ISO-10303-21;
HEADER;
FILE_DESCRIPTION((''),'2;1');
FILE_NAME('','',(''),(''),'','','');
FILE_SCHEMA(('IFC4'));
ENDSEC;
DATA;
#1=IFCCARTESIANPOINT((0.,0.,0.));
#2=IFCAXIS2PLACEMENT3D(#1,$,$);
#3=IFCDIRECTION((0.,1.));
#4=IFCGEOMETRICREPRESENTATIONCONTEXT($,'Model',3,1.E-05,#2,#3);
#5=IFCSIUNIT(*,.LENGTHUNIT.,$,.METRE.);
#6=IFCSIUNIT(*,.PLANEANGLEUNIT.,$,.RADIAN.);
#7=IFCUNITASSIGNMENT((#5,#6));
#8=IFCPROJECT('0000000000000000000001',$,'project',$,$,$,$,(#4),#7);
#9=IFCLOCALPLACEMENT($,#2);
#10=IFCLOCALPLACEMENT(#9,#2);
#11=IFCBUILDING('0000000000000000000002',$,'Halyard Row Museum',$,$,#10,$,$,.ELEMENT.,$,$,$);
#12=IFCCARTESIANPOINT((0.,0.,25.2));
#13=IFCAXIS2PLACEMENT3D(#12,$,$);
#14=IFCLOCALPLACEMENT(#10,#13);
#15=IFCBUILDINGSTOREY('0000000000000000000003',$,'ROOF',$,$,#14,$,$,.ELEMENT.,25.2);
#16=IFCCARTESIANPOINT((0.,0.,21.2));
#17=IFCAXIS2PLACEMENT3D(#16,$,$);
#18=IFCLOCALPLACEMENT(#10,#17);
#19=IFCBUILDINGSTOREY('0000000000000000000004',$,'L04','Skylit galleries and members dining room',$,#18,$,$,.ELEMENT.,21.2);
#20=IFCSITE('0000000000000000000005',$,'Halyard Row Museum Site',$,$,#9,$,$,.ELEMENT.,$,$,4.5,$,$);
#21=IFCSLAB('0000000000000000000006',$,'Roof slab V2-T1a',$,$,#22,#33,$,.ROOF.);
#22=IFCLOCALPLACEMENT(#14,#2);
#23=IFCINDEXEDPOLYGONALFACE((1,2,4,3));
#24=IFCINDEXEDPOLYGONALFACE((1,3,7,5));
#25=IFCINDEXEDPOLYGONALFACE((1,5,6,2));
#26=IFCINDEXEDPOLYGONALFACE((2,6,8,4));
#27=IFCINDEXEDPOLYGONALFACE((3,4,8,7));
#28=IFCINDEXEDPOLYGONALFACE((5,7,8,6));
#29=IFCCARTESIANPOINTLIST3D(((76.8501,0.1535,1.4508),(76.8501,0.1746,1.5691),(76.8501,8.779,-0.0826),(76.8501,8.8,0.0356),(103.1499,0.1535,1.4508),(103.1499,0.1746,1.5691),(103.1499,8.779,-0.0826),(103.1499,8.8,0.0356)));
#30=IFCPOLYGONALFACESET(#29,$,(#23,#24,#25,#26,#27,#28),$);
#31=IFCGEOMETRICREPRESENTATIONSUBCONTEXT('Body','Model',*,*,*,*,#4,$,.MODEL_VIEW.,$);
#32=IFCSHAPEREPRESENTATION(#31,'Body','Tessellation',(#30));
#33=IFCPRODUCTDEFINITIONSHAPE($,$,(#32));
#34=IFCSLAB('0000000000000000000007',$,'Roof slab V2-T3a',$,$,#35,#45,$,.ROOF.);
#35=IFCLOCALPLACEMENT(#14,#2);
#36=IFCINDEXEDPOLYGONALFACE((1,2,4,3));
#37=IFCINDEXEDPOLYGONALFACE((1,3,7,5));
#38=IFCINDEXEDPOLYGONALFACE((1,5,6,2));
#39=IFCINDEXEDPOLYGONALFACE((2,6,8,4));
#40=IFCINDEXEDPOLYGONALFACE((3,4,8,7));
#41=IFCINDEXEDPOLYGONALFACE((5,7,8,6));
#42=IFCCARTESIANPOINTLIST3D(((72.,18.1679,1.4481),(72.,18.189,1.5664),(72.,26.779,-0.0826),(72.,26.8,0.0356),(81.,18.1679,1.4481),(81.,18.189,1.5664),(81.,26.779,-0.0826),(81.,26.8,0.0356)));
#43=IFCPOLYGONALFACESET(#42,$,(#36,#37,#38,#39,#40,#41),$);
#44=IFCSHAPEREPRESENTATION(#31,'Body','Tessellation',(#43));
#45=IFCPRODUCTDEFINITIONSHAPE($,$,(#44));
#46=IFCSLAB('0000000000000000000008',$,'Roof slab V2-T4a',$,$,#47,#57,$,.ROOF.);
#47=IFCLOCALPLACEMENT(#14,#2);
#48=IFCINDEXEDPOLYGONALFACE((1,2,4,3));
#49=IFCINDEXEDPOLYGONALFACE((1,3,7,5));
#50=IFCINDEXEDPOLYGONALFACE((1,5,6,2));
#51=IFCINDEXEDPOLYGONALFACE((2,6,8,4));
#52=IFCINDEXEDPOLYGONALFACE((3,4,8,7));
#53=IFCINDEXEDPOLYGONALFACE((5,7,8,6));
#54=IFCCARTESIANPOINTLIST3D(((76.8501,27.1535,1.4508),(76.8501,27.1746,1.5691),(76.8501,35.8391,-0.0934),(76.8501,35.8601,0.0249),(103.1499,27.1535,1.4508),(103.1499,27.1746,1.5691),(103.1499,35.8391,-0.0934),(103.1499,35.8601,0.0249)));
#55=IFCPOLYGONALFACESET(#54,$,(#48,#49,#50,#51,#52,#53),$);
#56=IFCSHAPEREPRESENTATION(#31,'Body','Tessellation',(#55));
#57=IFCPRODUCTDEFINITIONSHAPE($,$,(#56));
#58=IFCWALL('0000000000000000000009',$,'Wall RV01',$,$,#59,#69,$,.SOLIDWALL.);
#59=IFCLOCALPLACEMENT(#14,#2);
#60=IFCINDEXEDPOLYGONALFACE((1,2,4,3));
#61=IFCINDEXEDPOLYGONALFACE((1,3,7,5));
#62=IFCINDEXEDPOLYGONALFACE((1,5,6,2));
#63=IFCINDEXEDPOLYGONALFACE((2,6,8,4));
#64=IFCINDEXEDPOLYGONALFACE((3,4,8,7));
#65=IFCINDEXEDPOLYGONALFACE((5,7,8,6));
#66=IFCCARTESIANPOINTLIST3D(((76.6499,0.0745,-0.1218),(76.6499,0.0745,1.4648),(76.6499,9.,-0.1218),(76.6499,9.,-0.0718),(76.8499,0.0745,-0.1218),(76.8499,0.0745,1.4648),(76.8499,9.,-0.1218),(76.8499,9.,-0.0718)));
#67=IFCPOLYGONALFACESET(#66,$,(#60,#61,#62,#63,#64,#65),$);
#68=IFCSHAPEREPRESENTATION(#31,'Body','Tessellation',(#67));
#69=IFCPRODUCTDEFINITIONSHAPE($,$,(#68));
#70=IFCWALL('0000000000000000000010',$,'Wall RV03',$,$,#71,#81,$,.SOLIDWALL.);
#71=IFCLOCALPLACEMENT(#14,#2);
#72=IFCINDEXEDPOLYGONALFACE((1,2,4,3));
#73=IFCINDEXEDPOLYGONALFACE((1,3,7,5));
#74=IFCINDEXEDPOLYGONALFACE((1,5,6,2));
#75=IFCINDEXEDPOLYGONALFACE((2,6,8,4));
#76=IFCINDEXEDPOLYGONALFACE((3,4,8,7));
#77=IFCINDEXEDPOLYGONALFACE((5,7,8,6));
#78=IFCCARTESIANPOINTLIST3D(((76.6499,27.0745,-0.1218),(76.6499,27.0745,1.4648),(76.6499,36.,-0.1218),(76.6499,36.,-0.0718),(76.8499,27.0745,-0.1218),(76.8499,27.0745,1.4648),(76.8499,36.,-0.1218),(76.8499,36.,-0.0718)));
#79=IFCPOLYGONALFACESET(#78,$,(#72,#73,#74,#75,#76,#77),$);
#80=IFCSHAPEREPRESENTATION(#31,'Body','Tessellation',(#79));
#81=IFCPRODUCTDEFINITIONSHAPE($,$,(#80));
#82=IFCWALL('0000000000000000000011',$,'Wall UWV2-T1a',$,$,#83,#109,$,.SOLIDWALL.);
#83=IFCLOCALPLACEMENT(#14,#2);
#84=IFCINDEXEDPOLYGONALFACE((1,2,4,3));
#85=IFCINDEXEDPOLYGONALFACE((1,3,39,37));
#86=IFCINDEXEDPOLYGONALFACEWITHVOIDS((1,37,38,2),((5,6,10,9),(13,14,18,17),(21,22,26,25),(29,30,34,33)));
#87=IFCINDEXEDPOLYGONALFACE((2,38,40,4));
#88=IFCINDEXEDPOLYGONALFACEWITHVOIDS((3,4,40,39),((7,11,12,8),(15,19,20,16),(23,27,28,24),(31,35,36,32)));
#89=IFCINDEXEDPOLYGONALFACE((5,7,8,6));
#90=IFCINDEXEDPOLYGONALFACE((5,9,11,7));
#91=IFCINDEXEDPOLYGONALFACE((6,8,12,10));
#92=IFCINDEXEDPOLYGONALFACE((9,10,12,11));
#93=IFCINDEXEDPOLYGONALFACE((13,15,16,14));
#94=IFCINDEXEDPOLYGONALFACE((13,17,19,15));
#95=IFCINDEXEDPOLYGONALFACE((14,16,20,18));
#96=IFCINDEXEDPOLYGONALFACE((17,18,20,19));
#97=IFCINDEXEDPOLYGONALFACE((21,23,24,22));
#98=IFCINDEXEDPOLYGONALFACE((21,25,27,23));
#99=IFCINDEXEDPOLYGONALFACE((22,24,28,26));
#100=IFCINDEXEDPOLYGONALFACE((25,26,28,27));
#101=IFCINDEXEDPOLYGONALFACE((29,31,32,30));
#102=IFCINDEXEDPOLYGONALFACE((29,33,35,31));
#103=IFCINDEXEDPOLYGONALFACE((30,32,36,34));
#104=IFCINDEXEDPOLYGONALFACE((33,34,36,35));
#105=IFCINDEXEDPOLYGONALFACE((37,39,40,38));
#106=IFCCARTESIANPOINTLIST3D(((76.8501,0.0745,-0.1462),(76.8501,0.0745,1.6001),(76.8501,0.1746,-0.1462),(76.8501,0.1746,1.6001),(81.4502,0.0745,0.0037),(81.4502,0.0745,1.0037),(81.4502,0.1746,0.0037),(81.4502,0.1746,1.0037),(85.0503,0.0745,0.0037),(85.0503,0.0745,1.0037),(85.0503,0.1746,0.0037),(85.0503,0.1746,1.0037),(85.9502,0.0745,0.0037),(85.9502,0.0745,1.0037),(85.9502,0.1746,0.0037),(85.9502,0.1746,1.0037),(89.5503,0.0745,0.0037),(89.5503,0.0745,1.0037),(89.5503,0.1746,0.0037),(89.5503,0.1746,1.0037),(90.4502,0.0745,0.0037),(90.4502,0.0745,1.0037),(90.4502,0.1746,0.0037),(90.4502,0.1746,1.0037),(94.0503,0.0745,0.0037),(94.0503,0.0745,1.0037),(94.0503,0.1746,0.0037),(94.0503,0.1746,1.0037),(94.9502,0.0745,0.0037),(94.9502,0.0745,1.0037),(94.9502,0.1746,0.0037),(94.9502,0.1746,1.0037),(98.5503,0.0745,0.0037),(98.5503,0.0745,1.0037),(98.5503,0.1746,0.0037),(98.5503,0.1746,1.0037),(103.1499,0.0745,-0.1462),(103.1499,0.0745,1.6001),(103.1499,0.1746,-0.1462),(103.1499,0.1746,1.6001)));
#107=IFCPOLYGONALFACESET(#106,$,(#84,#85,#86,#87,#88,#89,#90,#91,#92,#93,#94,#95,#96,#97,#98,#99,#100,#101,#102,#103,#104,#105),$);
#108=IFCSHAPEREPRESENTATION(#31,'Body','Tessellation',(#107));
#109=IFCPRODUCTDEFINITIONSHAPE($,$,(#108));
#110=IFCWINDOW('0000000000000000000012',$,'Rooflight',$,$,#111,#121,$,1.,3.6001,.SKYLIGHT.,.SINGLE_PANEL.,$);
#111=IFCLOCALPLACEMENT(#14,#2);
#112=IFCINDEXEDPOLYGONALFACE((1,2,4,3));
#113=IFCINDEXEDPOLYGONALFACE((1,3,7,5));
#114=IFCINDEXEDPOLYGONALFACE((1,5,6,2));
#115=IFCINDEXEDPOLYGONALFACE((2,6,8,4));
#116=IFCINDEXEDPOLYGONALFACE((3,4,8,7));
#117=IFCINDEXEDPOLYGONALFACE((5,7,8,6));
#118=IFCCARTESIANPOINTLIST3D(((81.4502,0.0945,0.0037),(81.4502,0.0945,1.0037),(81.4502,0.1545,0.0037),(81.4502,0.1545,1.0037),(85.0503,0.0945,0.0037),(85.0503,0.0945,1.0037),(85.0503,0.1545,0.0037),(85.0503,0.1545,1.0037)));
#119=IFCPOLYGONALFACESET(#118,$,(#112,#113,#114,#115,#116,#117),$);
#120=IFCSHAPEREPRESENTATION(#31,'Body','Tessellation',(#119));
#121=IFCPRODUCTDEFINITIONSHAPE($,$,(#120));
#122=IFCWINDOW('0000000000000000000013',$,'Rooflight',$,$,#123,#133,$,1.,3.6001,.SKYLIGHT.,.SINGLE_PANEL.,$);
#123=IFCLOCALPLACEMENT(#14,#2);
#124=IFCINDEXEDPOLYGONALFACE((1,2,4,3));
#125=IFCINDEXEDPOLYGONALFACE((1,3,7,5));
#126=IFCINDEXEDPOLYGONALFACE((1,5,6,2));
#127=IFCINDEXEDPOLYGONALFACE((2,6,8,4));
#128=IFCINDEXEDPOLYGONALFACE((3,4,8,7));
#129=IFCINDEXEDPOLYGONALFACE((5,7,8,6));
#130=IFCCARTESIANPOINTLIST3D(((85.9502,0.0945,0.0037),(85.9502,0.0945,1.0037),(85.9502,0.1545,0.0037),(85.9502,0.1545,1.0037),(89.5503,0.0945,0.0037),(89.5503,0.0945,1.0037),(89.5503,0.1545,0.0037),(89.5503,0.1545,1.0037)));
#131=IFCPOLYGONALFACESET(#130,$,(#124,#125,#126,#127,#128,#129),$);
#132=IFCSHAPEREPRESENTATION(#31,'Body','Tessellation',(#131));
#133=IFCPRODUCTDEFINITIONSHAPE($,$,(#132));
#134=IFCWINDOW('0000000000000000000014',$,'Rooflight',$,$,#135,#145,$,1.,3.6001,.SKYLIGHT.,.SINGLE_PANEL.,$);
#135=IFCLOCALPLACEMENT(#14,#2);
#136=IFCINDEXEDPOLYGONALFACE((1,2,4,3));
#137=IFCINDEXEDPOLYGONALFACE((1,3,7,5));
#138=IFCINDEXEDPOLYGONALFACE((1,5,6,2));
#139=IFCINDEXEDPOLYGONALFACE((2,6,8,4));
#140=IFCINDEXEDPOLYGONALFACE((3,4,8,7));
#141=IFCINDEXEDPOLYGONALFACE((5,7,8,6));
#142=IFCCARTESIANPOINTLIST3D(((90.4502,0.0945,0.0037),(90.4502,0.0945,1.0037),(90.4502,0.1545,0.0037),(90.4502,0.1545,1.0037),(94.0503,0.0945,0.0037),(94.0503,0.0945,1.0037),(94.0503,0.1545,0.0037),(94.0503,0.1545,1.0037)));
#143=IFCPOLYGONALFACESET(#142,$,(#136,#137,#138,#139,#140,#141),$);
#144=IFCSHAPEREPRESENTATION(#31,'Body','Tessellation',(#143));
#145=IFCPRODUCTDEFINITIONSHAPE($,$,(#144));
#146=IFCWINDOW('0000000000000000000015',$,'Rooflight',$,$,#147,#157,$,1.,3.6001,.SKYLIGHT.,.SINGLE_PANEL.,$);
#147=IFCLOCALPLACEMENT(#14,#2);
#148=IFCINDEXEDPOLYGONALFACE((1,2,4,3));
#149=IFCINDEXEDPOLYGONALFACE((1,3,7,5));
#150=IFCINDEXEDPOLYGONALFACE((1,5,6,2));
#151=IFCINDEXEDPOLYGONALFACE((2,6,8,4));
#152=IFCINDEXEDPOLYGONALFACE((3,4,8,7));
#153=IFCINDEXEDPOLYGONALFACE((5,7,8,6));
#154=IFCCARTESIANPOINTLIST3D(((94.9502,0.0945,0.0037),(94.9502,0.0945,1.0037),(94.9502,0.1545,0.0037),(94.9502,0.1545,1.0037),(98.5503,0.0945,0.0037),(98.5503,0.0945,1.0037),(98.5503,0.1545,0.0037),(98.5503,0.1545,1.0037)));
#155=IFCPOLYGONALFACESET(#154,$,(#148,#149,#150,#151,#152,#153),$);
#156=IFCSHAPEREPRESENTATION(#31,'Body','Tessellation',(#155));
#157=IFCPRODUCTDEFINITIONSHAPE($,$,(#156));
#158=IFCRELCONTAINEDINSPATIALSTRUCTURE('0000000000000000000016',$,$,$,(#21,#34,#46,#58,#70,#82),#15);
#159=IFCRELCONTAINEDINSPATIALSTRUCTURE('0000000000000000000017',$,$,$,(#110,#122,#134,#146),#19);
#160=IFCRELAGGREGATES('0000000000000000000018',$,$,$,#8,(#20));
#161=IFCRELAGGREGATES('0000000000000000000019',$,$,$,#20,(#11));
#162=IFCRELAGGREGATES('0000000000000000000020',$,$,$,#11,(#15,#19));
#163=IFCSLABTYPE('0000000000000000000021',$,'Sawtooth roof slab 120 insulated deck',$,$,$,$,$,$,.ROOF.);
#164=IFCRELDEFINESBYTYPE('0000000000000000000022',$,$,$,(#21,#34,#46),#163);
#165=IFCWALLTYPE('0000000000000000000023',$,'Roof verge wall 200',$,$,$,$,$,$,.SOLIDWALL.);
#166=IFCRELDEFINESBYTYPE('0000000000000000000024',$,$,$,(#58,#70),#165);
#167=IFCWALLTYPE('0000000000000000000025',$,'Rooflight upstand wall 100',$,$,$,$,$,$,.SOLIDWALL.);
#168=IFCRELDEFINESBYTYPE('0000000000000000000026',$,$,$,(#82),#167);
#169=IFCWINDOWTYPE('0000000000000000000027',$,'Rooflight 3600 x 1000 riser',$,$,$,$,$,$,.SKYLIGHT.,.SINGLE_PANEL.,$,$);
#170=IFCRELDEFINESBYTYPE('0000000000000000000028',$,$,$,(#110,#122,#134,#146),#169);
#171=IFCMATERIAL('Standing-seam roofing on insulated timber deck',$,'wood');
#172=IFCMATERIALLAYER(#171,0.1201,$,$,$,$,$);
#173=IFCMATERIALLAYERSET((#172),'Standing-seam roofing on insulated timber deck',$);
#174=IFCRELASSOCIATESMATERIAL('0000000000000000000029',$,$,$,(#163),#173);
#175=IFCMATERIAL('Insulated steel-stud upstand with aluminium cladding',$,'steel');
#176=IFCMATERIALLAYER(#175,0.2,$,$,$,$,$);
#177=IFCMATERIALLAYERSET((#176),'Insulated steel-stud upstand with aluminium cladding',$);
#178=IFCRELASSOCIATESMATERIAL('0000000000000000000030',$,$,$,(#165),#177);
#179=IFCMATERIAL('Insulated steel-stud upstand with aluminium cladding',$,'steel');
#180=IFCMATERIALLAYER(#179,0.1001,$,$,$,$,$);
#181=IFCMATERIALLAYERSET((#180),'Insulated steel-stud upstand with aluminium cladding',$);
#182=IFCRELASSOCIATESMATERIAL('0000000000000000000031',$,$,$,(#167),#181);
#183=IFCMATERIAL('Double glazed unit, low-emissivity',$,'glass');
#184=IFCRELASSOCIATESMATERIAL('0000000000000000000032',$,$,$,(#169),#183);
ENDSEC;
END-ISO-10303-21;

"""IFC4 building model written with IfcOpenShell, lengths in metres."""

from ifc_helpers import new_model, si_unit, direction, frame, frame_2d, origin, place, context, subcontext, project, spatial, polyline, rectangle, outline, extrude, material, layer, layer_set, type_object, element, fill, save


model = new_model("IFC4")

# Units and contexts
model_context = context("Model", 3, precision=1e-05, world=origin(), true_north=direction((0.0, 1.0)))
body_context = subcontext(model_context, "Body", "Model", "MODEL_VIEW")
ifc_project = project(units=[si_unit("LENGTHUNIT", "METRE"), si_unit("PLANEANGLEUNIT", "RADIAN")], contexts=[model_context])

# Site, building, storey
site_placement = place(None, origin())
site = spatial("IfcSite", under=ifc_project, at=site_placement, Name="Halyard Row Museum Site", CompositionType="ELEMENT", RefElevation=4.5)
building_placement = place(site_placement, origin())
building = spatial("IfcBuilding", under=site, at=building_placement, Name="Halyard Row Museum", CompositionType="ELEMENT")
storey_1_placement = place(building_placement, frame((0.0, 0.0, 25.2)))
storey_1 = spatial("IfcBuildingStorey", under=building, at=storey_1_placement, Name="ROOF", CompositionType="ELEMENT", Elevation=25.2)

# Slabs
ifc_material_1 = material(Name="Standing-seam roofing on insulated timber deck", Category="wood")
ifc_layer_1 = layer(ifc_material_1, 0.1201)
ifc_layer_set_1 = layer_set([ifc_layer_1], Name="Standing-seam roofing on insulated timber deck")
slab_type = type_object("IfcSlabType", Name="Sawtooth roof slab 120 insulated deck", PredefinedType="ROOF", material=ifc_layer_set_1)
slab_1_placement = place(storey_1_placement, frame((76.8501, 0.1746, 1.5691), z_axis=(0.0, 0.175036, 0.984562), x_axis=(1.0, 0.0, 0.0)))
element("IfcSlab", 1, at=slab_1_placement, inside=storey_1, type_object=slab_type, Name="Roof slab V2-T1a", PredefinedType="ROOF", context=body_context, shape_type="SweptSolid", body=[
    extrude(outline(polyline([(0.0, 0.0), (26.2998, 0.0), (26.2998, 8.7607), (0.0, 8.7607), (0.0, 0.0)])), origin(), (0.0, 0.0, -1.0), 0.1201),
])
slab_2_placement = place(storey_1_placement, frame((72.0, 18.189, 1.5664), z_axis=(0.0, 0.175023, 0.984564), x_axis=(1.0, 0.0, 0.0)))
element("IfcSlab", 2, at=slab_2_placement, inside=storey_1, type_object=slab_type, Name="Roof slab V2-T3a", PredefinedType="ROOF", context=body_context, shape_type="SweptSolid", body=[
    extrude(outline(polyline([(0.0, 0.0), (9.0, 0.0), (9.0, 8.7461), (0.0, 8.7461), (0.0, 0.0)])), origin(), (0.0, 0.0, -1.0), 0.1201),
])
slab_3_placement = place(storey_1_placement, frame((76.8501, 27.1746, 1.5691), z_axis=(0.0, 0.175043, 0.984561), x_axis=(1.0, 0.0, 0.0)))
element("IfcSlab", 3, at=slab_3_placement, inside=storey_1, type_object=slab_type, Name="Roof slab V2-T4a", PredefinedType="ROOF", context=body_context, shape_type="SweptSolid", body=[
    extrude(outline(polyline([(0.0, 0.0), (26.2998, 0.0), (26.2998, 8.8217), (0.0, 8.8217), (0.0, 0.0)])), origin(), (0.0, 0.0, -1.0), 0.1201),
])

# Walls
ifc_material_2 = material(Name="Insulated steel-stud upstand with aluminium cladding", Category="steel")
ifc_layer_2 = layer(ifc_material_2, 0.2)
ifc_layer_set_2 = layer_set([ifc_layer_2], Name="Insulated steel-stud upstand with aluminium cladding")
wall_type_1 = type_object("IfcWallType", Name="Roof verge wall 200", PredefinedType="SOLIDWALL", material=ifc_layer_set_2)
for number, where, z_axis, x_axis, name in (
    (4, (76.75, 0.0745, -0.1218), (0.0, 0.0, 1.0), (0.0, 1.0, 0.0), "Wall RV01"),
    (5, (76.75, 27.0745, -0.1218), (0.0, 0.0, 1.0), (0.0, 1.0, 0.0), "Wall RV03"),
):
    element("IfcWall", number, at=place(storey_1_placement, frame(where, z_axis=z_axis, x_axis=x_axis)), inside=storey_1, type_object=wall_type_1, Name=name, PredefinedType="SOLIDWALL", context=body_context, shape_type="SweptSolid", body=[
        extrude(outline(polyline([(0.0, 0.0), (8.9255, 0.0), (8.9255, 0.05), (0.0, 1.5867), (0.0, 0.0)])), frame((0.0, 0.1001, 0.0), z_axis=(0.0, -1.0, 0.0), x_axis=(1.0, 0.0, 0.0)), (0.0, 0.0, 1.0), 0.2),
    ])

# Wall, openings
ifc_material_3 = material(Name="Insulated steel-stud upstand with aluminium cladding", Category="steel")
ifc_layer_3 = layer(ifc_material_3, 0.1001)
ifc_layer_set_3 = layer_set([ifc_layer_3], Name="Insulated steel-stud upstand with aluminium cladding")
wall_type_2 = type_object("IfcWallType", Name="Rooflight upstand wall 100", PredefinedType="SOLIDWALL", material=ifc_layer_set_3)
wall_1_placement = place(storey_1_placement, frame((76.8501, 0.1245, -0.1462), z_axis=(0.0, 0.0, 1.0), x_axis=(1.0, 0.0, 0.0)))
wall_1 = element("IfcWall", 6, at=wall_1_placement, inside=storey_1, type_object=wall_type_2, Name="Wall UWV2-T1a", PredefinedType="SOLIDWALL", context=body_context, shape_type="SweptSolid", body=[
    extrude(rectangle(XDim=26.2998, YDim=0.1001, at=frame_2d((13.1499, 0.0))), origin(), (0.0, 0.0, 1.0), 1.7463),
])
opening_1_placement = place(wall_1_placement, frame((4.6001, 0.0, 0.1499)))
opening_1 = element("IfcOpeningElement", 7, at=opening_1_placement, cuts=wall_1, PredefinedType="OPENING", context=body_context, shape_type="SweptSolid", body=[
    extrude(rectangle(XDim=3.6001, YDim=1.0, at=frame_2d((1.8, 0.5))), frame((0.0, 0.0601, 0.0), z_axis=(0.0, -1.0, 0.0), x_axis=(1.0, 0.0, 0.0)), (0.0, 0.0, 1.0), 0.1201),
])
opening_2_placement = place(wall_1_placement, frame((9.1001, 0.0, 0.1499)))
opening_2 = element("IfcOpeningElement", 8, at=opening_2_placement, cuts=wall_1, PredefinedType="OPENING", context=body_context, shape_type="SweptSolid", body=[
    extrude(rectangle(XDim=3.6001, YDim=1.0, at=frame_2d((1.8, 0.5))), frame((0.0, 0.0601, 0.0), z_axis=(0.0, -1.0, 0.0), x_axis=(1.0, 0.0, 0.0)), (0.0, 0.0, 1.0), 0.1201),
])
opening_3_placement = place(wall_1_placement, frame((13.6001, 0.0, 0.1499)))
opening_3 = element("IfcOpeningElement", 9, at=opening_3_placement, cuts=wall_1, PredefinedType="OPENING", context=body_context, shape_type="SweptSolid", body=[
    extrude(rectangle(XDim=3.6001, YDim=1.0, at=frame_2d((1.8, 0.5))), frame((0.0, 0.0601, 0.0), z_axis=(0.0, -1.0, 0.0), x_axis=(1.0, 0.0, 0.0)), (0.0, 0.0, 1.0), 0.1201),
])
opening_4_placement = place(wall_1_placement, frame((18.1001, 0.0, 0.1499)))
opening_4 = element("IfcOpeningElement", 10, at=opening_4_placement, cuts=wall_1, PredefinedType="OPENING", context=body_context, shape_type="SweptSolid", body=[
    extrude(rectangle(XDim=3.6001, YDim=1.0, at=frame_2d((1.8, 0.5))), frame((0.0, 0.0601, 0.0), z_axis=(0.0, -1.0, 0.0), x_axis=(1.0, 0.0, 0.0)), (0.0, 0.0, 1.0), 0.1201),
])

# Shared definitions
storey_2_placement = place(building_placement, frame((0.0, 0.0, 21.2)))
storey_2 = spatial("IfcBuildingStorey", under=building, at=storey_2_placement, Name="L04", Description="Skylit galleries and members dining room", CompositionType="ELEMENT", Elevation=21.2)

# Windows
ifc_material_4 = material(Name="Double glazed unit, low-emissivity", Category="glass")
window_type = type_object("IfcWindowType", Name="Rooflight 3600 x 1000 riser", PartitioningType="SINGLE_PANEL", PredefinedType="SKYLIGHT", material=ifc_material_4)
window_1_placement = place(opening_1_placement, origin())
window_1 = element("IfcWindow", 11, at=window_1_placement, inside=storey_2, type_object=window_type, Name="Rooflight", OverallHeight=1.0, OverallWidth=3.6001, PartitioningType="SINGLE_PANEL", PredefinedType="SKYLIGHT", context=body_context, shape_type="SweptSolid", body=[
    extrude(rectangle(XDim=3.6001, YDim=1.0, at=frame_2d((1.8, 0.5))), frame((0.0, 0.03, 0.0), z_axis=(0.0, -1.0, 0.0), x_axis=(1.0, 0.0, 0.0)), (0.0, 0.0, 1.0), 0.0601),
])
fill(opening_1, window_1)
window_2_placement = place(opening_2_placement, origin())
window_2 = element("IfcWindow", 12, at=window_2_placement, inside=storey_2, type_object=window_type, Name="Rooflight", OverallHeight=1.0, OverallWidth=3.6001, PartitioningType="SINGLE_PANEL", PredefinedType="SKYLIGHT", context=body_context, shape_type="SweptSolid", body=[
    extrude(rectangle(XDim=3.6001, YDim=1.0, at=frame_2d((1.8, 0.5))), frame((0.0, 0.03, 0.0), z_axis=(0.0, -1.0, 0.0), x_axis=(1.0, 0.0, 0.0)), (0.0, 0.0, 1.0), 0.0601),
])
fill(opening_2, window_2)
window_3_placement = place(opening_3_placement, origin())
window_3 = element("IfcWindow", 13, at=window_3_placement, inside=storey_2, type_object=window_type, Name="Rooflight", OverallHeight=1.0, OverallWidth=3.6001, PartitioningType="SINGLE_PANEL", PredefinedType="SKYLIGHT", context=body_context, shape_type="SweptSolid", body=[
    extrude(rectangle(XDim=3.6001, YDim=1.0, at=frame_2d((1.8, 0.5))), frame((0.0, 0.03, 0.0), z_axis=(0.0, -1.0, 0.0), x_axis=(1.0, 0.0, 0.0)), (0.0, 0.0, 1.0), 0.0601),
])
fill(opening_3, window_3)
window_4_placement = place(opening_4_placement, origin())
window_4 = element("IfcWindow", 14, at=window_4_placement, inside=storey_2, type_object=window_type, Name="Rooflight", OverallHeight=1.0, OverallWidth=3.6001, PartitioningType="SINGLE_PANEL", PredefinedType="SKYLIGHT", context=body_context, shape_type="SweptSolid", body=[
    extrude(rectangle(XDim=3.6001, YDim=1.0, at=frame_2d((1.8, 0.5))), frame((0.0, 0.03, 0.0), z_axis=(0.0, -1.0, 0.0), x_axis=(1.0, 0.0, 0.0)), (0.0, 0.0, 1.0), 0.0601),
])
fill(opening_4, window_4)

save(model, "model.ifc")
